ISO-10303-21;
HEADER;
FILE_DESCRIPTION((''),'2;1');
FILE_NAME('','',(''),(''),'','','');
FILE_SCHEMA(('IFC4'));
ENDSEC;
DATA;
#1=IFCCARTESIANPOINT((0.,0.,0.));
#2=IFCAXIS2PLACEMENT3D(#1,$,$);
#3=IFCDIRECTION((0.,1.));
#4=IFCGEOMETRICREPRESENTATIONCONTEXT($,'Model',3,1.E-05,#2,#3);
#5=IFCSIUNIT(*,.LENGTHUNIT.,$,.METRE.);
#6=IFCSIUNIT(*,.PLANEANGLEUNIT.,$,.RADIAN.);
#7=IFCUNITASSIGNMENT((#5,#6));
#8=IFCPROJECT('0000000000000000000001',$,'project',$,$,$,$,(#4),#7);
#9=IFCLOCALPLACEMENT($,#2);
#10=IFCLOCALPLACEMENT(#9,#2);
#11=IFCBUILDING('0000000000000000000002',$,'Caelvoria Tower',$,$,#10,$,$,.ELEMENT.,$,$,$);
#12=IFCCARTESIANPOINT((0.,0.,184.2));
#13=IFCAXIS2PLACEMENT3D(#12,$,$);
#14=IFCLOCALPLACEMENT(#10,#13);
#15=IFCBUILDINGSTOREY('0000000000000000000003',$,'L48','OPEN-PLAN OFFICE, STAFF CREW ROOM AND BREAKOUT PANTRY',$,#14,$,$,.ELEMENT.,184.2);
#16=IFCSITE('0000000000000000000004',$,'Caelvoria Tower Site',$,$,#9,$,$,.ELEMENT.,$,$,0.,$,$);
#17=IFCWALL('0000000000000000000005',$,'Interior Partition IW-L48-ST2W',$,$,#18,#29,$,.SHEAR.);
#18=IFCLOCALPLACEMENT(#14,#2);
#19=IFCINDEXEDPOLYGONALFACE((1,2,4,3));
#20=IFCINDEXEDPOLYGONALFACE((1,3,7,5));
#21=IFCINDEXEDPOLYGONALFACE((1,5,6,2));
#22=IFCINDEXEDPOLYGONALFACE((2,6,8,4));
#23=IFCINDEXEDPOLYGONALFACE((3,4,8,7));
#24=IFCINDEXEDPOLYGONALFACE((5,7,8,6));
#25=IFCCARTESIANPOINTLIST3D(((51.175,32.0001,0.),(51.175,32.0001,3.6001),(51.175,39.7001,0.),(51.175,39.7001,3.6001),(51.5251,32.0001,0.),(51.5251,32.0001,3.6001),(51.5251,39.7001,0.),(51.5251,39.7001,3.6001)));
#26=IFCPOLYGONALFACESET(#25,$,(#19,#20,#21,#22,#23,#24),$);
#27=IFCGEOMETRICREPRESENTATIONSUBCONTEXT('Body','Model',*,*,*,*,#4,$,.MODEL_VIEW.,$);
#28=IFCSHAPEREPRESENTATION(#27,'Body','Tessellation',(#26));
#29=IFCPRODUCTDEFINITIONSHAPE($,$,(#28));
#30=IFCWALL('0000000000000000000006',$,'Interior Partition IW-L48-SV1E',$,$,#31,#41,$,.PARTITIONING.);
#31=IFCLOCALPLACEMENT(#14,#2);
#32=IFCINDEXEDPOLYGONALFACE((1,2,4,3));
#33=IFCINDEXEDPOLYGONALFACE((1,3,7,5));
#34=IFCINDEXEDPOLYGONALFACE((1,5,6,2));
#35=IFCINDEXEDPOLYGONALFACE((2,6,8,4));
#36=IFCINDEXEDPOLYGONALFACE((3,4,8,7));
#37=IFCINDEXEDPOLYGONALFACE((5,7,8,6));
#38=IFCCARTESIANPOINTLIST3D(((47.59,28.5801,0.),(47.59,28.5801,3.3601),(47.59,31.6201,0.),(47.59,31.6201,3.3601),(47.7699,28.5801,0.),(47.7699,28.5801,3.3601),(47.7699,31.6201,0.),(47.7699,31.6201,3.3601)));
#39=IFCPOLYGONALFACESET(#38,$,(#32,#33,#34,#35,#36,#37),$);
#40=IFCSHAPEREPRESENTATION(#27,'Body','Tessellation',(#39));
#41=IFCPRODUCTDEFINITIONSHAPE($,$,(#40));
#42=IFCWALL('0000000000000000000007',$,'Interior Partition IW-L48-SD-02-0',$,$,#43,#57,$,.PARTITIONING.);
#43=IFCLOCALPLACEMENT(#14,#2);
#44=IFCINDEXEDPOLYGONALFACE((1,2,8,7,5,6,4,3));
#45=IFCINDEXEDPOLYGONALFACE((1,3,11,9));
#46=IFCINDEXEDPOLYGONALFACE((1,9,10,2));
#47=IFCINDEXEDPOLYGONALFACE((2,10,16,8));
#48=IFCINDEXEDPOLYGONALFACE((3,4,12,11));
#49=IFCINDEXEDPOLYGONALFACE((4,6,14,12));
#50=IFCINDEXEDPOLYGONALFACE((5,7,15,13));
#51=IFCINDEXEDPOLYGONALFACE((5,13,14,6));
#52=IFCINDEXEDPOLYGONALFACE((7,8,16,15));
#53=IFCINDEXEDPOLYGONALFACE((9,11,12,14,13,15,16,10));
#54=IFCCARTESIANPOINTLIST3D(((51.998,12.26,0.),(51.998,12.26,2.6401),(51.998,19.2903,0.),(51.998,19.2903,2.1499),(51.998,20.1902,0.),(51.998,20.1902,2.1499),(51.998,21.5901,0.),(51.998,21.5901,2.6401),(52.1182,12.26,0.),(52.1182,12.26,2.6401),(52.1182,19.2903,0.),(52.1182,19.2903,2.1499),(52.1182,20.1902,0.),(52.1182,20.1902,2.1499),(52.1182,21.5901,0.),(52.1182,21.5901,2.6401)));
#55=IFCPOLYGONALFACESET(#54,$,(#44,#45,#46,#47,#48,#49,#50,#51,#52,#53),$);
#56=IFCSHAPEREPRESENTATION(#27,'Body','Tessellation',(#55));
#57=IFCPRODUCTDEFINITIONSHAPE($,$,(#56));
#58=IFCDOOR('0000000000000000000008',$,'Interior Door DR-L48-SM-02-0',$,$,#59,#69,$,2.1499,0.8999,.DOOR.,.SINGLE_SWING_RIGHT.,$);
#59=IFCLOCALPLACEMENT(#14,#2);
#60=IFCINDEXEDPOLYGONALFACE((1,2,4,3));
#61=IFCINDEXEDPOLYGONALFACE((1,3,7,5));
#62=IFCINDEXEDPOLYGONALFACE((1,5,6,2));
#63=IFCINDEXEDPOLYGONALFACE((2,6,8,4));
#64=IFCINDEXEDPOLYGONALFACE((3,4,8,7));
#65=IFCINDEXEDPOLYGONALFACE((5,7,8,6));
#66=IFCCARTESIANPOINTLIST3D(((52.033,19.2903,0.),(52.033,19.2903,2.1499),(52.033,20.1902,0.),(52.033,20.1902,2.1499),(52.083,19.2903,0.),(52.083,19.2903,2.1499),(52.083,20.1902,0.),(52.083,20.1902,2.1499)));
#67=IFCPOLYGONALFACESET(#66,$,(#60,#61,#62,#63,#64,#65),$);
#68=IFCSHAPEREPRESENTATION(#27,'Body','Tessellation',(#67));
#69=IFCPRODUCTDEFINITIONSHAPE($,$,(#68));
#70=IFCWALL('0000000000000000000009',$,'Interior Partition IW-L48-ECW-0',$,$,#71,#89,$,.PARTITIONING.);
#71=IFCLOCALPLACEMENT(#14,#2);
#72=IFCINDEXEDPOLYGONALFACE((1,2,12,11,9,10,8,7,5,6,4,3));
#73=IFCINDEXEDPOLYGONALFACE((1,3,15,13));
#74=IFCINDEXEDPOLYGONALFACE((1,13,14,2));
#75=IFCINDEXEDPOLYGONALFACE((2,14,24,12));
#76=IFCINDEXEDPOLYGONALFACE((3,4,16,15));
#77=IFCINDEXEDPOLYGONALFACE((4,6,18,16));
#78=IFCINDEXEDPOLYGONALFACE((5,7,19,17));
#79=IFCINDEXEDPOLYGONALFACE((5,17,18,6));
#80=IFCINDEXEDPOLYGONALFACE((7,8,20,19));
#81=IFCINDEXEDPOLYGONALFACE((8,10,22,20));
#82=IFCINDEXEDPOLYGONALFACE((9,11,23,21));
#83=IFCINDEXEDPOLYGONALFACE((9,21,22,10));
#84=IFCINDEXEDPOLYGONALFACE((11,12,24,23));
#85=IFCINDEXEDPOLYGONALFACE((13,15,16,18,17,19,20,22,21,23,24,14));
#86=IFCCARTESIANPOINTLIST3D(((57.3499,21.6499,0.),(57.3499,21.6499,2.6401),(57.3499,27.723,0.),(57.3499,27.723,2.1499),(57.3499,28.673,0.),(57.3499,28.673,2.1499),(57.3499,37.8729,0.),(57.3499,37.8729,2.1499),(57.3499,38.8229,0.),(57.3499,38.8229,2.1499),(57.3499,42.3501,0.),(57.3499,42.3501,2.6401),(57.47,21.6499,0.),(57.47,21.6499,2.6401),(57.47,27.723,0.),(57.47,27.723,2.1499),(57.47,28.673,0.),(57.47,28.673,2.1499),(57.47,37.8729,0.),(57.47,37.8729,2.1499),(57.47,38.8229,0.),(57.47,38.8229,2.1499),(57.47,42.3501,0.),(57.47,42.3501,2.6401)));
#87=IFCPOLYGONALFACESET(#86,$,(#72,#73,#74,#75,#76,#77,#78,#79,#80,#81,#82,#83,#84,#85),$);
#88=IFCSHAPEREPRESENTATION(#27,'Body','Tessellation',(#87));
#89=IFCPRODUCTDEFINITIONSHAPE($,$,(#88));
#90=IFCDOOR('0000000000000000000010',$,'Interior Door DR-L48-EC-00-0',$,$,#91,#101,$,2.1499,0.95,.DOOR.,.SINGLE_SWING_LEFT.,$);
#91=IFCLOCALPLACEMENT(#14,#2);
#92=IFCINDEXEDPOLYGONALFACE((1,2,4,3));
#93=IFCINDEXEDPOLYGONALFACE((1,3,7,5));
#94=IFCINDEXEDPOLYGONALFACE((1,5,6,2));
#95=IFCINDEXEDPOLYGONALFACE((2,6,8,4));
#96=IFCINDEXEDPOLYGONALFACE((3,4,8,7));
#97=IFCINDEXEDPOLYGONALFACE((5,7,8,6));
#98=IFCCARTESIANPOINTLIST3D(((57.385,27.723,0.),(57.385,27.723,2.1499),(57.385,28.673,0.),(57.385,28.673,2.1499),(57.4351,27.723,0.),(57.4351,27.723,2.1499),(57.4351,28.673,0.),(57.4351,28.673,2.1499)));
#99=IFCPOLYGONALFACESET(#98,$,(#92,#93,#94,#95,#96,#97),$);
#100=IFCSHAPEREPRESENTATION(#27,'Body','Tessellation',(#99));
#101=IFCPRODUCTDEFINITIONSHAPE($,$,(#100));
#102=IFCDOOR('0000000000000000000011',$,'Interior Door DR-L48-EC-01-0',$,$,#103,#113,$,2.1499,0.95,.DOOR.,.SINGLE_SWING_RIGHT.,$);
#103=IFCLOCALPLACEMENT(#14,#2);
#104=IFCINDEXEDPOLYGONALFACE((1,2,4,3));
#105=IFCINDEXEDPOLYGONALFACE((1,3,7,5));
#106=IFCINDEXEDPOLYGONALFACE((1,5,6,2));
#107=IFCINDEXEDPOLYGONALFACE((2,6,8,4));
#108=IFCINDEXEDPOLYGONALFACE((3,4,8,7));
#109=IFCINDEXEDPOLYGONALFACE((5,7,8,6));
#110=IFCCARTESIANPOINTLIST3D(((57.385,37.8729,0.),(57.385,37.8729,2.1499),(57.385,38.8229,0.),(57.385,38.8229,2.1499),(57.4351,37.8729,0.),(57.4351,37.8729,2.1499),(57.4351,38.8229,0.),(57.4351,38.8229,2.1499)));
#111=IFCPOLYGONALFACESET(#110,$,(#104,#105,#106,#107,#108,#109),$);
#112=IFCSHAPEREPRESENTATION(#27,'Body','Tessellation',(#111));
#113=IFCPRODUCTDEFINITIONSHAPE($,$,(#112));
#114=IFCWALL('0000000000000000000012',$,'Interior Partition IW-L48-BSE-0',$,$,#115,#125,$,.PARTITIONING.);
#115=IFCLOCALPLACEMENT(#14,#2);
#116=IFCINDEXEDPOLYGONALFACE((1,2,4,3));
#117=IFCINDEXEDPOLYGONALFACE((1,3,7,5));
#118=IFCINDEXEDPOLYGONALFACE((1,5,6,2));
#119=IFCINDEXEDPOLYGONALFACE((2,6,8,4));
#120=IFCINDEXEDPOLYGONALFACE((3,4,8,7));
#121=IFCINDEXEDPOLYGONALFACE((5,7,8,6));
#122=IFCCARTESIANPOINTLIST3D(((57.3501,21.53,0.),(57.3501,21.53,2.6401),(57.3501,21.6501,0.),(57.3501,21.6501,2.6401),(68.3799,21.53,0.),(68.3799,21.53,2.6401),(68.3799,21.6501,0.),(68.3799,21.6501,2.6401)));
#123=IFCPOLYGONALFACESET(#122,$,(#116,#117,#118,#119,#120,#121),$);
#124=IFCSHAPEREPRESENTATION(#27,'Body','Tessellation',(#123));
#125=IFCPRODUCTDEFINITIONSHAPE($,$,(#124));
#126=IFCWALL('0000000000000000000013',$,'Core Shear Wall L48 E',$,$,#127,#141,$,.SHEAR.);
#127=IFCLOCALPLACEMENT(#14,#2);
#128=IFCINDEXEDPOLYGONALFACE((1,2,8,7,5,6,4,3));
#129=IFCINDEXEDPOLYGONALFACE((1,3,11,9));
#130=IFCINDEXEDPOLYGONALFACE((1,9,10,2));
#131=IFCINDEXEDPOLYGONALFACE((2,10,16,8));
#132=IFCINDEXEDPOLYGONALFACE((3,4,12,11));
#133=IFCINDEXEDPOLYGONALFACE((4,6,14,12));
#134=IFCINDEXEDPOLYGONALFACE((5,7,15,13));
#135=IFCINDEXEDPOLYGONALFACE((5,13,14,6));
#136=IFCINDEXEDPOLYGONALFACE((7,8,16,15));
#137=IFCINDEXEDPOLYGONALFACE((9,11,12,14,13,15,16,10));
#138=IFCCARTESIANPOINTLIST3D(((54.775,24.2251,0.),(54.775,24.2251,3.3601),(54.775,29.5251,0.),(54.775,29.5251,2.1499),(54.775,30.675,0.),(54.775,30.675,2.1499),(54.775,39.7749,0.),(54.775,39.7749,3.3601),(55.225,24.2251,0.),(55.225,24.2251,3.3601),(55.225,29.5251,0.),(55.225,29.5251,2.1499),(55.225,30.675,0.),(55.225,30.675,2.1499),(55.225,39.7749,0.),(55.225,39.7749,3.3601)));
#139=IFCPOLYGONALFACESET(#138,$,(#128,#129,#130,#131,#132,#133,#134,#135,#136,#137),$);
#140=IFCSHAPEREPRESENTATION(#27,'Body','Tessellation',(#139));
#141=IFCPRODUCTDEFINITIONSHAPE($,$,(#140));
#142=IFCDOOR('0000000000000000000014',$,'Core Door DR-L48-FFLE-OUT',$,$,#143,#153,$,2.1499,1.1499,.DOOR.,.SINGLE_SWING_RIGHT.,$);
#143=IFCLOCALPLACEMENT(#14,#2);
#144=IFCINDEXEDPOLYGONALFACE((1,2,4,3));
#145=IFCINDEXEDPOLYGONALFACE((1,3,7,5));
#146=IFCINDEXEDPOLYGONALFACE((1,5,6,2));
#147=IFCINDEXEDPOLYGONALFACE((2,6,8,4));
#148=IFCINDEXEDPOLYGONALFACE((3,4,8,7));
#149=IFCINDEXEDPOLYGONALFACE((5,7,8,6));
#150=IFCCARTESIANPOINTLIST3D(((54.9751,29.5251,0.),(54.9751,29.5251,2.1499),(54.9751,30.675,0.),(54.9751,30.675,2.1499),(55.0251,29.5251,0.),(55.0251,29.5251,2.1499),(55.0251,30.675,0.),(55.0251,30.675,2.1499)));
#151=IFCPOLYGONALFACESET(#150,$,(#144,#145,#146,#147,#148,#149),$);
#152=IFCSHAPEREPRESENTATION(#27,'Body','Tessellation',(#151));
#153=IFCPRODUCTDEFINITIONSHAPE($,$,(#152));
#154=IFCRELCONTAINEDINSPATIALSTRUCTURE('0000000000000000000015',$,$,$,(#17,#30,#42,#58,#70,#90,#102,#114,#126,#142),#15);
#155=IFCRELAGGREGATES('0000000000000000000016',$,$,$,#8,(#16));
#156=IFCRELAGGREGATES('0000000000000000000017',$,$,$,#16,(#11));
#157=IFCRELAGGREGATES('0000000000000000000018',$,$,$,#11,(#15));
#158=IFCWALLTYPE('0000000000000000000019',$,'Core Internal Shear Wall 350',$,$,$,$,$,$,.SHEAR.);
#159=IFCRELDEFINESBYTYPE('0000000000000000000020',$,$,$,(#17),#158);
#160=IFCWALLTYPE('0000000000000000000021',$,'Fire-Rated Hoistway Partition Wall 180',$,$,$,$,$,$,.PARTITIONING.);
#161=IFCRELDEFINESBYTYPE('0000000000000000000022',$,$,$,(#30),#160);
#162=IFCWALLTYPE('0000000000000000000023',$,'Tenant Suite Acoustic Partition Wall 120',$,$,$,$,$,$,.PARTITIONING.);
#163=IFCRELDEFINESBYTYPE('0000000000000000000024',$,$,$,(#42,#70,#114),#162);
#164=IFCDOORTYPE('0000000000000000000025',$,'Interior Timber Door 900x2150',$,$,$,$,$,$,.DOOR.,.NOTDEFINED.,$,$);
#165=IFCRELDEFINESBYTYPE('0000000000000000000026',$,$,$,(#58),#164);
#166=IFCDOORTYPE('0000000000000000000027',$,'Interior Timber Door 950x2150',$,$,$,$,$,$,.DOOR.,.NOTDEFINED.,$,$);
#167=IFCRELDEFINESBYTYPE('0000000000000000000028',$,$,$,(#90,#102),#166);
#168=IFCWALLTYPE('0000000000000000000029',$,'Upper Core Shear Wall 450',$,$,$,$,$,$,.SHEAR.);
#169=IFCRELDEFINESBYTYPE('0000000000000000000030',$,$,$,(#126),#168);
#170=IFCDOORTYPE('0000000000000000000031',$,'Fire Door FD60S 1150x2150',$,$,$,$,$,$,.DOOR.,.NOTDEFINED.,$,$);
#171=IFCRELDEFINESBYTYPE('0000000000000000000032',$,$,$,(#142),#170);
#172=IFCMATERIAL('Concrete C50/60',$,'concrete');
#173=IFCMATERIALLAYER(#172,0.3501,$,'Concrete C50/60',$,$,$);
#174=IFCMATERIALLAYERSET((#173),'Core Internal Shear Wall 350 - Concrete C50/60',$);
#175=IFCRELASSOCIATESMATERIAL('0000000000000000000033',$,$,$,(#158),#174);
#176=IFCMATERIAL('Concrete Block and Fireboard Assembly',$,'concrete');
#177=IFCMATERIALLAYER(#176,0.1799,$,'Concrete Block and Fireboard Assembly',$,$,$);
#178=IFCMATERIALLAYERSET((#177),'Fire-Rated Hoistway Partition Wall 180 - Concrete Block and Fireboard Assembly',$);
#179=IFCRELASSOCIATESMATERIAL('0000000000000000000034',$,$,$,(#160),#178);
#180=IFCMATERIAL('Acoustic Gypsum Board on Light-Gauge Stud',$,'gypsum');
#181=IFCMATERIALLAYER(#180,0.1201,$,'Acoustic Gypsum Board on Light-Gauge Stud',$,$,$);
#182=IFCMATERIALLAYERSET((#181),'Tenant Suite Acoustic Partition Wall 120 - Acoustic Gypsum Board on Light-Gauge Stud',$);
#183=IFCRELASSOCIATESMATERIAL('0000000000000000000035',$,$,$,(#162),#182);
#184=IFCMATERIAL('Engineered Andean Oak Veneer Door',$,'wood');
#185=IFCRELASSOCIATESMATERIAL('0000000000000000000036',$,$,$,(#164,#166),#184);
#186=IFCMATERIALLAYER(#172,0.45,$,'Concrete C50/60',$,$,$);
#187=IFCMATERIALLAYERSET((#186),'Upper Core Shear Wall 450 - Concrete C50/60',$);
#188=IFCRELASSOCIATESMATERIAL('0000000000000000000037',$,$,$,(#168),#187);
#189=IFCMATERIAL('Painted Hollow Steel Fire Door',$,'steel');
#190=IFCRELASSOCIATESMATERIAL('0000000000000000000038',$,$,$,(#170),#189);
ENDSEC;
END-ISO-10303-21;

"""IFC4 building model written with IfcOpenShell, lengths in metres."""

from ifc_helpers import new_model, si_unit, direction, frame, frame_2d, origin, place, context, subcontext, project, spatial, rectangle, extrude, material, layer, layer_set, type_object, element, fill, save


model = new_model("IFC4")

# Units and contexts
model_context = context("Model", 3, precision=1e-05, world=origin(), true_north=direction((0.0, 1.0)))
body_context = subcontext(model_context, "Body", "Model", "MODEL_VIEW")
ifc_project = project(units=[si_unit("LENGTHUNIT", "METRE"), si_unit("PLANEANGLEUNIT", "RADIAN")], contexts=[model_context])

# Site, building, storey
site_placement = place(None, origin())
site = spatial("IfcSite", under=ifc_project, at=site_placement, Name="Caelvoria Tower Site", CompositionType="ELEMENT", RefElevation=0.0)
building_placement = place(site_placement, origin())
building = spatial("IfcBuilding", under=site, at=building_placement, Name="Caelvoria Tower", CompositionType="ELEMENT")
storey_placement = place(building_placement, frame((0.0, 0.0, 184.2)))
storey = spatial("IfcBuildingStorey", under=building, at=storey_placement, Name="L48", Description="OPEN-PLAN OFFICE, STAFF CREW ROOM AND BREAKOUT PANTRY", CompositionType="ELEMENT", Elevation=184.2)

# Wall
ifc_material_1 = material(Name="Concrete C50/60", Category="concrete")
ifc_layer_1 = layer(ifc_material_1, 0.3501, Name="Concrete C50/60")
ifc_layer_set_1 = layer_set([ifc_layer_1], Name="Core Internal Shear Wall 350 - Concrete C50/60")
wall_type_1 = type_object("IfcWallType", Name="Core Internal Shear Wall 350", PredefinedType="SHEAR", material=ifc_layer_set_1)
wall_1_placement = place(storey_placement, frame((51.3501, 32.0, 0.0), z_axis=(0.0, 0.0, 1.0), x_axis=(0.0, 1.0, 0.0)))
element("IfcWall", 1, at=wall_1_placement, inside=storey, type_object=wall_type_1, Name="Interior Partition IW-L48-ST2W", PredefinedType="SHEAR", context=body_context, shape_type="SweptSolid", body=[
    extrude(rectangle(XDim=7.7, YDim=0.3501, at=frame_2d((3.8501, 0.0))), origin(), (0.0, 0.0, 1.0), 3.6001),
])

# Wall
ifc_material_2 = material(Name="Concrete Block and Fireboard Assembly", Category="concrete")
ifc_layer_2 = layer(ifc_material_2, 0.1799, Name="Concrete Block and Fireboard Assembly")
ifc_layer_set_2 = layer_set([ifc_layer_2], Name="Fire-Rated Hoistway Partition Wall 180 - Concrete Block and Fireboard Assembly")
wall_type_2 = type_object("IfcWallType", Name="Fire-Rated Hoistway Partition Wall 180", PredefinedType="PARTITIONING", material=ifc_layer_set_2)
wall_2_placement = place(storey_placement, frame((47.6799, 28.5801, 0.0), z_axis=(0.0, 0.0, 1.0), x_axis=(0.0, 1.0, 0.0)))
element("IfcWall", 2, at=wall_2_placement, inside=storey, type_object=wall_type_2, Name="Interior Partition IW-L48-SV1E", PredefinedType="PARTITIONING", context=body_context, shape_type="SweptSolid", body=[
    extrude(rectangle(XDim=3.04, YDim=0.1799, at=frame_2d((1.52, 0.0))), origin(), (0.0, 0.0, 1.0), 3.3601),
])

# Wall, opening, door
ifc_material_3 = material(Name="Acoustic Gypsum Board on Light-Gauge Stud", Category="gypsum")
ifc_layer_3 = layer(ifc_material_3, 0.1201, Name="Acoustic Gypsum Board on Light-Gauge Stud")
ifc_layer_set_3 = layer_set([ifc_layer_3], Name="Tenant Suite Acoustic Partition Wall 120 - Acoustic Gypsum Board on Light-Gauge Stud")
wall_type_3 = type_object("IfcWallType", Name="Tenant Suite Acoustic Partition Wall 120", PredefinedType="PARTITIONING", material=ifc_layer_set_3)
wall_3_placement = place(storey_placement, frame((52.0581, 21.5901, 0.0), z_axis=(0.0, 0.0, 1.0), x_axis=(0.0, -1.0, 0.0)))
wall_3 = element("IfcWall", 3, at=wall_3_placement, inside=storey, type_object=wall_type_3, Name="Interior Partition IW-L48-SD-02-0", PredefinedType="PARTITIONING", context=body_context, shape_type="SweptSolid", body=[
    extrude(rectangle(XDim=9.3301, YDim=0.1201, at=frame_2d((4.665, 0.0))), origin(), (0.0, 0.0, 1.0), 2.6401),
])
opening_1_placement = place(wall_3_placement, frame((1.3999, 0.0, 0.0)))
opening_1 = element("IfcOpeningElement", 4, at=opening_1_placement, cuts=wall_3, PredefinedType="OPENING", context=body_context, shape_type="SweptSolid", body=[
    extrude(rectangle(XDim=0.8999, YDim=2.1499, at=frame_2d((0.45, 1.075))), frame((0.0, 0.0701, 0.0), z_axis=(0.0, -1.0, 0.0), x_axis=(1.0, 0.0, 0.0)), (0.0, 0.0, 1.0), 0.1401),
])
ifc_material_4 = material(Name="Engineered Andean Oak Veneer Door", Category="wood")
door_type_1 = type_object("IfcDoorType", Name="Interior Timber Door 900x2150", OperationType="NOTDEFINED", PredefinedType="DOOR", material=ifc_material_4)
door_1_placement = place(opening_1_placement, origin())
door_1 = element("IfcDoor", 5, at=door_1_placement, inside=storey, type_object=door_type_1, Name="Interior Door DR-L48-SM-02-0", OperationType="SINGLE_SWING_RIGHT", OverallHeight=2.1499, OverallWidth=0.8999, PredefinedType="DOOR", context=body_context, shape_type="SweptSolid", body=[
    extrude(rectangle(XDim=0.8999, YDim=2.1499, at=frame_2d((0.45, 1.075))), frame((0.0, 0.0249, 0.0), z_axis=(0.0, -1.0, 0.0), x_axis=(1.0, 0.0, 0.0)), (0.0, 0.0, 1.0), 0.05),
])
fill(opening_1, door_1)

# Wall, openings, doors
wall_4_placement = place(storey_placement, frame((57.4099, 21.6499, 0.0), z_axis=(0.0, 0.0, 1.0), x_axis=(0.0, 1.0, 0.0)))
wall_4 = element("IfcWall", 6, at=wall_4_placement, inside=storey, type_object=wall_type_3, Name="Interior Partition IW-L48-ECW-0", PredefinedType="PARTITIONING", context=body_context, shape_type="SweptSolid", body=[
    extrude(rectangle(XDim=20.7002, YDim=0.1201, at=frame_2d((10.3501, 0.0))), origin(), (0.0, 0.0, 1.0), 2.6401),
])
opening_2_placement = place(wall_4_placement, frame((6.073, 0.0, 0.0)))
opening_2 = element("IfcOpeningElement", 7, at=opening_2_placement, cuts=wall_4, PredefinedType="OPENING", context=body_context, shape_type="SweptSolid", body=[
    extrude(rectangle(XDim=0.95, YDim=2.1499, at=frame_2d((0.4751, 1.075))), frame((0.0, 0.0701, 0.0), z_axis=(0.0, -1.0, 0.0), x_axis=(1.0, 0.0, 0.0)), (0.0, 0.0, 1.0), 0.1401),
])
opening_3_placement = place(wall_4_placement, frame((16.2229, 0.0, 0.0)))
opening_3 = element("IfcOpeningElement", 8, at=opening_3_placement, cuts=wall_4, PredefinedType="OPENING", context=body_context, shape_type="SweptSolid", body=[
    extrude(rectangle(XDim=0.95, YDim=2.1499, at=frame_2d((0.4751, 1.075))), frame((0.0, 0.0701, 0.0), z_axis=(0.0, -1.0, 0.0), x_axis=(1.0, 0.0, 0.0)), (0.0, 0.0, 1.0), 0.1401),
])
door_type_2 = type_object("IfcDoorType", Name="Interior Timber Door 950x2150", OperationType="NOTDEFINED", PredefinedType="DOOR", material=ifc_material_4)
door_2_placement = place(opening_2_placement, origin())
door_2 = element("IfcDoor", 9, at=door_2_placement, inside=storey, type_object=door_type_2, Name="Interior Door DR-L48-EC-00-0", OperationType="SINGLE_SWING_LEFT", OverallHeight=2.1499, OverallWidth=0.95, PredefinedType="DOOR", context=body_context, shape_type="SweptSolid", body=[
    extrude(rectangle(XDim=0.95, YDim=2.1499, at=frame_2d((0.4751, 1.075))), frame((0.0, 0.0249, 0.0), z_axis=(0.0, -1.0, 0.0), x_axis=(1.0, 0.0, 0.0)), (0.0, 0.0, 1.0), 0.05),
])
fill(opening_2, door_2)
door_3_placement = place(opening_3_placement, origin())
door_3 = element("IfcDoor", 10, at=door_3_placement, inside=storey, type_object=door_type_2, Name="Interior Door DR-L48-EC-01-0", OperationType="SINGLE_SWING_RIGHT", OverallHeight=2.1499, OverallWidth=0.95, PredefinedType="DOOR", context=body_context, shape_type="SweptSolid", body=[
    extrude(rectangle(XDim=0.95, YDim=2.1499, at=frame_2d((0.4751, 1.075))), frame((0.0, 0.0249, 0.0), z_axis=(0.0, -1.0, 0.0), x_axis=(1.0, 0.0, 0.0)), (0.0, 0.0, 1.0), 0.05),
])
fill(opening_3, door_3)

# Wall
wall_5_placement = place(storey_placement, frame((57.3501, 21.5901, 0.0), z_axis=(0.0, 0.0, 1.0), x_axis=(1.0, 0.0, 0.0)))
element("IfcWall", 11, at=wall_5_placement, inside=storey, type_object=wall_type_3, Name="Interior Partition IW-L48-BSE-0", PredefinedType="PARTITIONING", context=body_context, shape_type="SweptSolid", body=[
    extrude(rectangle(XDim=11.0298, YDim=0.1201, at=frame_2d((5.5149, 0.0))), origin(), (0.0, 0.0, 1.0), 2.6401),
])

# Wall, opening, door
ifc_layer_4 = layer(ifc_material_1, 0.45, Name="Concrete C50/60")
ifc_layer_set_4 = layer_set([ifc_layer_4], Name="Upper Core Shear Wall 450 - Concrete C50/60")
wall_type_4 = type_object("IfcWallType", Name="Upper Core Shear Wall 450", PredefinedType="SHEAR", material=ifc_layer_set_4)
wall_6_placement = place(storey_placement, frame((55.0, 24.2251, 0.0), z_axis=(0.0, 0.0, 1.0), x_axis=(0.0, 1.0, 0.0)))
wall_6 = element("IfcWall", 12, at=wall_6_placement, inside=storey, type_object=wall_type_4, Name="Core Shear Wall L48 E", PredefinedType="SHEAR", context=body_context, shape_type="SweptSolid", body=[
    extrude(rectangle(XDim=15.5498, YDim=0.45, at=frame_2d((7.7749, 0.0))), origin(), (0.0, 0.0, 1.0), 3.3601),
])
opening_4_placement = place(wall_6_placement, frame((5.3, 0.0, 0.0)))
opening_4 = element("IfcOpeningElement", 13, at=opening_4_placement, cuts=wall_6, PredefinedType="OPENING", context=body_context, shape_type="SweptSolid", body=[
    extrude(rectangle(XDim=1.1499, YDim=2.1499, at=frame_2d((0.575, 1.075))), frame((0.0, 0.2349, 0.0), z_axis=(0.0, -1.0, 0.0), x_axis=(1.0, 0.0, 0.0)), (0.0, 0.0, 1.0), 0.47),
])
ifc_material_5 = material(Name="Painted Hollow Steel Fire Door", Category="steel")
door_type_3 = type_object("IfcDoorType", Name="Fire Door FD60S 1150x2150", OperationType="NOTDEFINED", PredefinedType="DOOR", material=ifc_material_5)
door_4_placement = place(opening_4_placement, origin())
door_4 = element("IfcDoor", 14, at=door_4_placement, inside=storey, type_object=door_type_3, Name="Core Door DR-L48-FFLE-OUT", OperationType="SINGLE_SWING_RIGHT", OverallHeight=2.1499, OverallWidth=1.1499, PredefinedType="DOOR", context=body_context, shape_type="SweptSolid", body=[
    extrude(rectangle(XDim=1.1499, YDim=2.1499, at=frame_2d((0.575, 1.075))), frame((0.0, 0.0249, 0.0), z_axis=(0.0, -1.0, 0.0), x_axis=(1.0, 0.0, 0.0)), (0.0, 0.0, 1.0), 0.05),
])
fill(opening_4, door_4)

save(model, "model.ifc")
